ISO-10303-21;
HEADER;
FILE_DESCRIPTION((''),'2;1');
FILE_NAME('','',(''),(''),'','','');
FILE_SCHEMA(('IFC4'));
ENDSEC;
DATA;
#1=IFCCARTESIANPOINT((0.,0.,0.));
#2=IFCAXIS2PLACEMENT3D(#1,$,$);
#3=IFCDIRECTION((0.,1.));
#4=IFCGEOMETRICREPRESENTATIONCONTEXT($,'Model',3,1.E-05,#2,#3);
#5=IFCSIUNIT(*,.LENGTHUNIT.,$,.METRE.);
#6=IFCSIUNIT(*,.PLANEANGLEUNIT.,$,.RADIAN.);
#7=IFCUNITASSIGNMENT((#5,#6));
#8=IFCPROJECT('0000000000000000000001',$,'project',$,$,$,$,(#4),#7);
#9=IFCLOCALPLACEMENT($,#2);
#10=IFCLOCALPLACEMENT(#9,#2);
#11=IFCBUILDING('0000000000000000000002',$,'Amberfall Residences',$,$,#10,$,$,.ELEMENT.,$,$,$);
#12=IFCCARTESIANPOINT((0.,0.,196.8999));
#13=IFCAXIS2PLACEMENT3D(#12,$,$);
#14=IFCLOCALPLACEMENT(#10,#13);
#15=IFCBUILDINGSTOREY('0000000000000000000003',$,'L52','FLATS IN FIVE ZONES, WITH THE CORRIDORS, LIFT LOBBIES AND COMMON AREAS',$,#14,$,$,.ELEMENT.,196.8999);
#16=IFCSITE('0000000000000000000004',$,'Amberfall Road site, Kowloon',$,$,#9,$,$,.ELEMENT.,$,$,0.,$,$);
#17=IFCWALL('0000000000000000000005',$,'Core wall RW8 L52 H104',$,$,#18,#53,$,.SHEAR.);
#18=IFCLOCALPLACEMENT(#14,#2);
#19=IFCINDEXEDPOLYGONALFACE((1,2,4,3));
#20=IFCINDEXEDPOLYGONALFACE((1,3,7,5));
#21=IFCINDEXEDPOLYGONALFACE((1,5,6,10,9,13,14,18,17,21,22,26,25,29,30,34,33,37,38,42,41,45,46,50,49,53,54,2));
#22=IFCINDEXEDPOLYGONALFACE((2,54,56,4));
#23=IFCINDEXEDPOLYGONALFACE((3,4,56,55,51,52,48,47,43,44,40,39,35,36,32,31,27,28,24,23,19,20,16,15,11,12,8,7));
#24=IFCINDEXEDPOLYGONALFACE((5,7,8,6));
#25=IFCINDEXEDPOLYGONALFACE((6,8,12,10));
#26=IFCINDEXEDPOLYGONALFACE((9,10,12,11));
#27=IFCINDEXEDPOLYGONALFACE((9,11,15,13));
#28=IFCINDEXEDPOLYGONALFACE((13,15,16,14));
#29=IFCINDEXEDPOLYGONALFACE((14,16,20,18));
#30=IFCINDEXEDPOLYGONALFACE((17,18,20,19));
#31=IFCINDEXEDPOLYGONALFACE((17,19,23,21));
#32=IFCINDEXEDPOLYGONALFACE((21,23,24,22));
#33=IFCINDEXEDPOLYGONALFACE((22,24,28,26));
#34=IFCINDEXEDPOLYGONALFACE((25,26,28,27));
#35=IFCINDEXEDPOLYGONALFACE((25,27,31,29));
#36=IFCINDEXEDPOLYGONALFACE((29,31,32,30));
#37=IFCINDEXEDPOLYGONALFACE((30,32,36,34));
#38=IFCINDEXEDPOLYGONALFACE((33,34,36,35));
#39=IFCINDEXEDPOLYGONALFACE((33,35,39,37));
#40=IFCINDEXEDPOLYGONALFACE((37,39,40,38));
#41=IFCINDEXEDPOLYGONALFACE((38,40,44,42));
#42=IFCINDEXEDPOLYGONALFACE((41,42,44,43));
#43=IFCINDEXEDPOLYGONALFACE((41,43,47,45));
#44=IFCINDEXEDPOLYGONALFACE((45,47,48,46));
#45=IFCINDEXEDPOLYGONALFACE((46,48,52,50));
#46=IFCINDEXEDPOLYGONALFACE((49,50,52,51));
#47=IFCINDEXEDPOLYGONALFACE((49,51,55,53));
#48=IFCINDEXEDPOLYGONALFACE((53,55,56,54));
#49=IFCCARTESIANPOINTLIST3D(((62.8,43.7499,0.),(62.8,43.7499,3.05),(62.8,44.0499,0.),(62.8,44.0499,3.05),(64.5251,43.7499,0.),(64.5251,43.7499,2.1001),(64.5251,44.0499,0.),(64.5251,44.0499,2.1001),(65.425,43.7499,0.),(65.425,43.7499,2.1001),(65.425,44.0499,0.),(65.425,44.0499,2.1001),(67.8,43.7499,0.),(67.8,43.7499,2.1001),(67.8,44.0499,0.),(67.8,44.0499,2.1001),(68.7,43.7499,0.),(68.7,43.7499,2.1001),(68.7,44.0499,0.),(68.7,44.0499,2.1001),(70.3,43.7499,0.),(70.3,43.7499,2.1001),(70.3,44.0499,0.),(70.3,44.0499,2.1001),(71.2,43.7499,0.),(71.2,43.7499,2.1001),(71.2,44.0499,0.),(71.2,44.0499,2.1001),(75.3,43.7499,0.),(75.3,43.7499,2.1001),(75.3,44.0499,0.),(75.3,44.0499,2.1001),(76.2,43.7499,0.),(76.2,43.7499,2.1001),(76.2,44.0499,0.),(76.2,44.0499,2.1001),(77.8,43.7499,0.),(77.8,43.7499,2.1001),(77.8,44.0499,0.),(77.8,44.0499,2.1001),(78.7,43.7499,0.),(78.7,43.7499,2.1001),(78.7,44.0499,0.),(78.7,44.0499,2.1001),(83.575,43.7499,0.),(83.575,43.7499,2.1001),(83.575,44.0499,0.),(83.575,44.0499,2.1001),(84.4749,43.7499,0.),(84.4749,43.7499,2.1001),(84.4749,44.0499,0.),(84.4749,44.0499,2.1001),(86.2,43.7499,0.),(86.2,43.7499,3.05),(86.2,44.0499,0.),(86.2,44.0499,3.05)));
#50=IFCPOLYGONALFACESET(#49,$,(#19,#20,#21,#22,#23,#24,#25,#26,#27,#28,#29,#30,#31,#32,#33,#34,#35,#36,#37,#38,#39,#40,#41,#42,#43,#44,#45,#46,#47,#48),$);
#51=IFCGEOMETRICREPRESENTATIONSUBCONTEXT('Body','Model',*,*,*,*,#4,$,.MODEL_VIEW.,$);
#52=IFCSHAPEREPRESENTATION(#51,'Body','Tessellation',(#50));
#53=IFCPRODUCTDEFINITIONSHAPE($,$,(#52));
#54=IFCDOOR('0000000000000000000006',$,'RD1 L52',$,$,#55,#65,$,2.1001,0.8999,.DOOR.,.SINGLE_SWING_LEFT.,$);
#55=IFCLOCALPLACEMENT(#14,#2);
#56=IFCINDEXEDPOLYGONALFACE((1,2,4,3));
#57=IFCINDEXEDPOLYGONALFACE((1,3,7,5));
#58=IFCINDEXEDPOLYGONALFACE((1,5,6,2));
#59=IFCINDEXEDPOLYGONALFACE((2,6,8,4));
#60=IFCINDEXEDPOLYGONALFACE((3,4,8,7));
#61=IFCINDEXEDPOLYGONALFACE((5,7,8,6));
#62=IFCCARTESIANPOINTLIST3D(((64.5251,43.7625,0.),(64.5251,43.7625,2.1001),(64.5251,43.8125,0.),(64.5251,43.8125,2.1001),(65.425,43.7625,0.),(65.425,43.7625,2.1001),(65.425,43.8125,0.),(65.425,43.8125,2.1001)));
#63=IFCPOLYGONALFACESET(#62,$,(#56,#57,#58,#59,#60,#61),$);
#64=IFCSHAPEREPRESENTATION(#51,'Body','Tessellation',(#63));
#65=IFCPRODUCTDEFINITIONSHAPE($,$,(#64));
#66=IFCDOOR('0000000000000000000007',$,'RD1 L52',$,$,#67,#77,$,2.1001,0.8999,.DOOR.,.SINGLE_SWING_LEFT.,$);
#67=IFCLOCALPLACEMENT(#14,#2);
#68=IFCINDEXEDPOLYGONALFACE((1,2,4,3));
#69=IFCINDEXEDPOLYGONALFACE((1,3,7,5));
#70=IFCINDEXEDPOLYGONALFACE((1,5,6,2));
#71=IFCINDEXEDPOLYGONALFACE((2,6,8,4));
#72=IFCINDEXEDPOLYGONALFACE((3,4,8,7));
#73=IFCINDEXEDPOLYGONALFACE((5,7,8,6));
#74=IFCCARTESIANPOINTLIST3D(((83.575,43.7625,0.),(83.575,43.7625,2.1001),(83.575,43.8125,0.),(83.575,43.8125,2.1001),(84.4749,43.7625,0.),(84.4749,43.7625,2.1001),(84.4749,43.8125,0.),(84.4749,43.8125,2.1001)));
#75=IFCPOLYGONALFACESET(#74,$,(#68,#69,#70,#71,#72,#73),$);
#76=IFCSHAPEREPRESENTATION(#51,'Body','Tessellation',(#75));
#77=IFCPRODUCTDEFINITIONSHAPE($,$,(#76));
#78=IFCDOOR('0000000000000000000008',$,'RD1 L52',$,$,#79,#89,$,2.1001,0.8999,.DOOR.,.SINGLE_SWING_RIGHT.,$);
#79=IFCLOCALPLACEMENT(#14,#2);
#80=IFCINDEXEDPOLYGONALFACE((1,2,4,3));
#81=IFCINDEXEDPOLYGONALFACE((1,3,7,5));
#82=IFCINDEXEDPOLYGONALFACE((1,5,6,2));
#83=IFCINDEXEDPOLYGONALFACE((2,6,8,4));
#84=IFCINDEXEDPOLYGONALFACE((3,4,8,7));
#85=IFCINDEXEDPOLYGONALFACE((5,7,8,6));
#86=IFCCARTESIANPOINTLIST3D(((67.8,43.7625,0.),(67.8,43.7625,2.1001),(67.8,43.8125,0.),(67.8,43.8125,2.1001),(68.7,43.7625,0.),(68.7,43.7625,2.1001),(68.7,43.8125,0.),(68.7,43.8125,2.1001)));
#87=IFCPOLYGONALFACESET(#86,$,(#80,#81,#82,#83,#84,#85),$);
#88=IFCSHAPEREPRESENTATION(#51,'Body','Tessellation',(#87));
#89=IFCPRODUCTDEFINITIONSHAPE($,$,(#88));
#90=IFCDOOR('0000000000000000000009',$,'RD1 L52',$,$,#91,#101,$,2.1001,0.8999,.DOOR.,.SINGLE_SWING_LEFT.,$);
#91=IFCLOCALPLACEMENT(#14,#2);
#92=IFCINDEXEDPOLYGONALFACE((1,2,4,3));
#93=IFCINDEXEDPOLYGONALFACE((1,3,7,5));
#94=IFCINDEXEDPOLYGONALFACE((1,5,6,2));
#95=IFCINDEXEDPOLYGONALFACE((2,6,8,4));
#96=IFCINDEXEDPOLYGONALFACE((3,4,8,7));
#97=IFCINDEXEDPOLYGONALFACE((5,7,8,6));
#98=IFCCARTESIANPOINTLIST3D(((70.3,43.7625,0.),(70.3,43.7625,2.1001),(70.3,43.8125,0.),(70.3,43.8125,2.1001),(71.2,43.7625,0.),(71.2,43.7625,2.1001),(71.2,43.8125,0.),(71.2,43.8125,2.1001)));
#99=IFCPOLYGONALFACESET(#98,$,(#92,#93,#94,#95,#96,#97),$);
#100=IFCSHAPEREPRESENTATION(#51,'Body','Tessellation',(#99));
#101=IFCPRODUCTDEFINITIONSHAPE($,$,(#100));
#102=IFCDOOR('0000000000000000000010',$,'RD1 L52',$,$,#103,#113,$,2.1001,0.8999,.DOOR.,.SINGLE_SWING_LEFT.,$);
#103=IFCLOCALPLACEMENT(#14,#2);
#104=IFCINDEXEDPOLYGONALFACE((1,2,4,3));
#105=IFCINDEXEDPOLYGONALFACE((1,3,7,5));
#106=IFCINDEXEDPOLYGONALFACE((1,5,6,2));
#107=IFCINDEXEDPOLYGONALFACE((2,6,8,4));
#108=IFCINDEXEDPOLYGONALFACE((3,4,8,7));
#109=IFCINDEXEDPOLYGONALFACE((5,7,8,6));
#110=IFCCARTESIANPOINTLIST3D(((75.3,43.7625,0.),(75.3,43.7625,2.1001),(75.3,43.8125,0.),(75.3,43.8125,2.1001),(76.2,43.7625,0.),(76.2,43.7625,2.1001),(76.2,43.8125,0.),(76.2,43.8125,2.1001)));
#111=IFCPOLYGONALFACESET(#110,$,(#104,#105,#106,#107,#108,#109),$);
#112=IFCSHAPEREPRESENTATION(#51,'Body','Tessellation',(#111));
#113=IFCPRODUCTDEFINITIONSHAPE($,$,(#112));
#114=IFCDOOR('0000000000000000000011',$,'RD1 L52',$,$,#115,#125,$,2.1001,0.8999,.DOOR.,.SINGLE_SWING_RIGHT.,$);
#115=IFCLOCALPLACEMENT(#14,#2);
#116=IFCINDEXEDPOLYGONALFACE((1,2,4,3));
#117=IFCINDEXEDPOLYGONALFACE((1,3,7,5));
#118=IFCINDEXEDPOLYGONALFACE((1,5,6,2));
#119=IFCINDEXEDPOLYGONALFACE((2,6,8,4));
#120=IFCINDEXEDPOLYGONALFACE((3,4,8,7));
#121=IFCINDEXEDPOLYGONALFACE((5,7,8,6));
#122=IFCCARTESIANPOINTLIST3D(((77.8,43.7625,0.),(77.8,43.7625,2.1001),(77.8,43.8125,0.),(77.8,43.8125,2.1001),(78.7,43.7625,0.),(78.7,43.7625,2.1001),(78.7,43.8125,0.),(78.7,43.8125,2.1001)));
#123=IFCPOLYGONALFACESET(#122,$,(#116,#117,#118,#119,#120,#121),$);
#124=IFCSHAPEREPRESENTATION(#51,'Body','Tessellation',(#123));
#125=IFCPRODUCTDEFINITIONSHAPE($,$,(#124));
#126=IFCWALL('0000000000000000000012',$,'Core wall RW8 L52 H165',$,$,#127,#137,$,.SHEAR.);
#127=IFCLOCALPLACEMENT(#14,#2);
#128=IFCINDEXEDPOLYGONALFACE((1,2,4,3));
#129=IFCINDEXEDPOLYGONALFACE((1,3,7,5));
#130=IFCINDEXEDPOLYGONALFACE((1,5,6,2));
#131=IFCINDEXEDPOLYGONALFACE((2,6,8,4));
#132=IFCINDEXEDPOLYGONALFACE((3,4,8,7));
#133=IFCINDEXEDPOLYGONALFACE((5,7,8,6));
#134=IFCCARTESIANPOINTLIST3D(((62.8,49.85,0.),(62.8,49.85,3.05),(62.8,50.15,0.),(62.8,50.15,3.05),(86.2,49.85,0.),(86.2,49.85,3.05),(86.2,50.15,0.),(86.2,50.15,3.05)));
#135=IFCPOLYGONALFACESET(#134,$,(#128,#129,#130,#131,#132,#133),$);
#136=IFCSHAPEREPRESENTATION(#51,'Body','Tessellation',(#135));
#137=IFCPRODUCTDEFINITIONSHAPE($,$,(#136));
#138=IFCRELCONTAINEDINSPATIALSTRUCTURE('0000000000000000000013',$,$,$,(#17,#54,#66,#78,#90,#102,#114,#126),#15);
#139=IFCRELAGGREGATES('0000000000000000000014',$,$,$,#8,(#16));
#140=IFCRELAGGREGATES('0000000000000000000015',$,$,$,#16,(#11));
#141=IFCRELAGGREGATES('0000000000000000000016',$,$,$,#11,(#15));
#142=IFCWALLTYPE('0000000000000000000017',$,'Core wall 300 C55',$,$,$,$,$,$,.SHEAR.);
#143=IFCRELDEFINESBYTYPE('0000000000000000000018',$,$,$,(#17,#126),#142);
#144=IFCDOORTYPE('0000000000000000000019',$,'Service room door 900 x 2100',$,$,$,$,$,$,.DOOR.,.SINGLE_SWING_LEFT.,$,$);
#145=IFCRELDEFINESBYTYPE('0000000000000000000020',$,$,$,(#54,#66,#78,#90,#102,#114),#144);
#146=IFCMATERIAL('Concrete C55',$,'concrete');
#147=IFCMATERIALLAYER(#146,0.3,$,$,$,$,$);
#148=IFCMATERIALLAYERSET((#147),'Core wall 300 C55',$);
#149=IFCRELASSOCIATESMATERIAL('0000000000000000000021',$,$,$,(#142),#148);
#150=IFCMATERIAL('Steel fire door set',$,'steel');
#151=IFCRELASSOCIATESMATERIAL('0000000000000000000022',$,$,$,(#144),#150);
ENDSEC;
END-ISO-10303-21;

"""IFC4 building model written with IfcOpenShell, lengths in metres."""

from ifc_helpers import new_model, si_unit, direction, frame, frame_2d, origin, place, context, subcontext, project, spatial, rectangle, extrude, material, layer, layer_set, type_object, element, fill, save


model = new_model("IFC4")

# Units and contexts
model_context = context("Model", 3, precision=1e-05, world=origin(), true_north=direction((0.0, 1.0)))
body_context = subcontext(model_context, "Body", "Model", "MODEL_VIEW")
ifc_project = project(units=[si_unit("LENGTHUNIT", "METRE"), si_unit("PLANEANGLEUNIT", "RADIAN")], contexts=[model_context])

# Site, building, storey
site_placement = place(None, origin())
site = spatial("IfcSite", under=ifc_project, at=site_placement, Name="Amberfall Road site, Kowloon", CompositionType="ELEMENT", RefElevation=0.0)
building_placement = place(site_placement, origin())
building = spatial("IfcBuilding", under=site, at=building_placement, Name="Amberfall Residences", CompositionType="ELEMENT")
storey_placement = place(building_placement, frame((0.0, 0.0, 196.8999)))
storey = spatial("IfcBuildingStorey", under=building, at=storey_placement, Name="L52", Description="FLATS IN FIVE ZONES, WITH THE CORRIDORS, LIFT LOBBIES AND COMMON AREAS", CompositionType="ELEMENT", Elevation=196.8999)

# Wall, openings, doors
ifc_material_1 = material(Name="Concrete C55", Category="concrete")
ifc_layer_1 = layer(ifc_material_1, 0.3)
ifc_layer_set_1 = layer_set([ifc_layer_1], Name="Core wall 300 C55")
wall_type_1 = type_object("IfcWallType", Name="Core wall 300 C55", PredefinedType="SHEAR", material=ifc_layer_set_1)
wall_1_placement = place(storey_placement, frame((62.8, 43.8999, 0.0), z_axis=(0.0, 0.0, 1.0), x_axis=(1.0, 0.0, 0.0)))
wall_1 = element("IfcWall", 1, at=wall_1_placement, inside=storey, type_object=wall_type_1, Name="Core wall RW8 L52 H104", PredefinedType="SHEAR", context=body_context, shape_type="SweptSolid", body=[
    extrude(rectangle(XDim=23.3999, YDim=0.3, at=frame_2d((11.7, 0.0))), origin(), (0.0, 0.0, 1.0), 3.05),
])
opening_1_placement = place(wall_1_placement, frame((1.7251, 0.0, 0.0)))
opening_1 = element("IfcOpeningElement", 2, at=opening_1_placement, cuts=wall_1, PredefinedType="OPENING", context=body_context, shape_type="SweptSolid", body=[
    extrude(rectangle(XDim=0.8999, YDim=2.1001, at=frame_2d((0.45, 1.05))), frame((0.0, 0.1599, 0.0), z_axis=(0.0, -1.0, 0.0), x_axis=(1.0, 0.0, 0.0)), (0.0, 0.0, 1.0), 0.3201),
])
opening_2_placement = place(wall_1_placement, frame((20.7749, 0.0, 0.0)))
opening_2 = element("IfcOpeningElement", 3, at=opening_2_placement, cuts=wall_1, PredefinedType="OPENING", context=body_context, shape_type="SweptSolid", body=[
    extrude(rectangle(XDim=0.8999, YDim=2.1001, at=frame_2d((0.45, 1.05))), frame((0.0, 0.1599, 0.0), z_axis=(0.0, -1.0, 0.0), x_axis=(1.0, 0.0, 0.0)), (0.0, 0.0, 1.0), 0.3201),
])
opening_3_placement = place(wall_1_placement, frame((5.0, 0.0, 0.0)))
opening_3 = element("IfcOpeningElement", 4, at=opening_3_placement, cuts=wall_1, PredefinedType="OPENING", context=body_context, shape_type="SweptSolid", body=[
    extrude(rectangle(XDim=0.8999, YDim=2.1001, at=frame_2d((0.45, 1.05))), frame((0.0, 0.1599, 0.0), z_axis=(0.0, -1.0, 0.0), x_axis=(1.0, 0.0, 0.0)), (0.0, 0.0, 1.0), 0.3201),
])
opening_4_placement = place(wall_1_placement, frame((7.5, 0.0, 0.0)))
opening_4 = element("IfcOpeningElement", 5, at=opening_4_placement, cuts=wall_1, PredefinedType="OPENING", context=body_context, shape_type="SweptSolid", body=[
    extrude(rectangle(XDim=0.8999, YDim=2.1001, at=frame_2d((0.45, 1.05))), frame((0.0, 0.1599, 0.0), z_axis=(0.0, -1.0, 0.0), x_axis=(1.0, 0.0, 0.0)), (0.0, 0.0, 1.0), 0.3201),
])
opening_5_placement = place(wall_1_placement, frame((12.5, 0.0, 0.0)))
opening_5 = element("IfcOpeningElement", 6, at=opening_5_placement, cuts=wall_1, PredefinedType="OPENING", context=body_context, shape_type="SweptSolid", body=[
    extrude(rectangle(XDim=0.8999, YDim=2.1001, at=frame_2d((0.45, 1.05))), frame((0.0, 0.1599, 0.0), z_axis=(0.0, -1.0, 0.0), x_axis=(1.0, 0.0, 0.0)), (0.0, 0.0, 1.0), 0.3201),
])
opening_6_placement = place(wall_1_placement, frame((15.0, 0.0, 0.0)))
opening_6 = element("IfcOpeningElement", 7, at=opening_6_placement, cuts=wall_1, PredefinedType="OPENING", context=body_context, shape_type="SweptSolid", body=[
    extrude(rectangle(XDim=0.8999, YDim=2.1001, at=frame_2d((0.45, 1.05))), frame((0.0, 0.1599, 0.0), z_axis=(0.0, -1.0, 0.0), x_axis=(1.0, 0.0, 0.0)), (0.0, 0.0, 1.0), 0.3201),
])
ifc_material_2 = material(Name="Steel fire door set", Category="steel")
door_type_1 = type_object("IfcDoorType", Name="Service room door 900 x 2100", OperationType="SINGLE_SWING_LEFT", PredefinedType="DOOR", material=ifc_material_2)
door_1_placement = place(opening_1_placement, origin())
door_1 = element("IfcDoor", 8, at=door_1_placement, inside=storey, type_object=door_type_1, Name="RD1 L52", OperationType="SINGLE_SWING_LEFT", OverallHeight=2.1001, OverallWidth=0.8999, PredefinedType="DOOR", context=body_context, shape_type="SweptSolid", body=[
    extrude(rectangle(XDim=0.8999, YDim=2.1001, at=frame_2d((0.45, 1.05))), frame((0.0, -0.0874, 0.0), z_axis=(0.0, -1.0, 0.0), x_axis=(1.0, 0.0, 0.0)), (0.0, 0.0, 1.0), 0.05),
])
fill(opening_1, door_1)
door_2_placement = place(opening_2_placement, origin())
door_2 = element("IfcDoor", 9, at=door_2_placement, inside=storey, type_object=door_type_1, Name="RD1 L52", OperationType="SINGLE_SWING_LEFT", OverallHeight=2.1001, OverallWidth=0.8999, PredefinedType="DOOR", context=body_context, shape_type="SweptSolid", body=[
    extrude(rectangle(XDim=0.8999, YDim=2.1001, at=frame_2d((0.45, 1.05))), frame((0.0, -0.0874, 0.0), z_axis=(0.0, -1.0, 0.0), x_axis=(1.0, 0.0, 0.0)), (0.0, 0.0, 1.0), 0.05),
])
fill(opening_2, door_2)
door_3_placement = place(opening_3_placement, origin())
door_3 = element("IfcDoor", 10, at=door_3_placement, inside=storey, type_object=door_type_1, Name="RD1 L52", OperationType="SINGLE_SWING_RIGHT", OverallHeight=2.1001, OverallWidth=0.8999, PredefinedType="DOOR", context=body_context, shape_type="SweptSolid", body=[
    extrude(rectangle(XDim=0.8999, YDim=2.1001, at=frame_2d((0.45, 1.05))), frame((0.0, -0.0874, 0.0), z_axis=(0.0, -1.0, 0.0), x_axis=(1.0, 0.0, 0.0)), (0.0, 0.0, 1.0), 0.05),
])
fill(opening_3, door_3)
door_4_placement = place(opening_4_placement, origin())
door_4 = element("IfcDoor", 11, at=door_4_placement, inside=storey, type_object=door_type_1, Name="RD1 L52", OperationType="SINGLE_SWING_LEFT", OverallHeight=2.1001, OverallWidth=0.8999, PredefinedType="DOOR", context=body_context, shape_type="SweptSolid", body=[
    extrude(rectangle(XDim=0.8999, YDim=2.1001, at=frame_2d((0.45, 1.05))), frame((0.0, -0.0874, 0.0), z_axis=(0.0, -1.0, 0.0), x_axis=(1.0, 0.0, 0.0)), (0.0, 0.0, 1.0), 0.05),
])
fill(opening_4, door_4)
door_5_placement = place(opening_5_placement, origin())
door_5 = element("IfcDoor", 12, at=door_5_placement, inside=storey, type_object=door_type_1, Name="RD1 L52", OperationType="SINGLE_SWING_LEFT", OverallHeight=2.1001, OverallWidth=0.8999, PredefinedType="DOOR", context=body_context, shape_type="SweptSolid", body=[
    extrude(rectangle(XDim=0.8999, YDim=2.1001, at=frame_2d((0.45, 1.05))), frame((0.0, -0.0874, 0.0), z_axis=(0.0, -1.0, 0.0), x_axis=(1.0, 0.0, 0.0)), (0.0, 0.0, 1.0), 0.05),
])
fill(opening_5, door_5)
door_6_placement = place(opening_6_placement, origin())
door_6 = element("IfcDoor", 13, at=door_6_placement, inside=storey, type_object=door_type_1, Name="RD1 L52", OperationType="SINGLE_SWING_RIGHT", OverallHeight=2.1001, OverallWidth=0.8999, PredefinedType="DOOR", context=body_context, shape_type="SweptSolid", body=[
    extrude(rectangle(XDim=0.8999, YDim=2.1001, at=frame_2d((0.45, 1.05))), frame((0.0, -0.0874, 0.0), z_axis=(0.0, -1.0, 0.0), x_axis=(1.0, 0.0, 0.0)), (0.0, 0.0, 1.0), 0.05),
])
fill(opening_6, door_6)

# Wall
wall_2_placement = place(storey_placement, frame((62.8, 50.0, 0.0), z_axis=(0.0, 0.0, 1.0), x_axis=(1.0, 0.0, 0.0)))
element("IfcWall", 14, at=wall_2_placement, inside=storey, type_object=wall_type_1, Name="Core wall RW8 L52 H165", PredefinedType="SHEAR", context=body_context, shape_type="SweptSolid", body=[
    extrude(rectangle(XDim=23.3999, YDim=0.3, at=frame_2d((11.7, 0.0))), origin(), (0.0, 0.0, 1.0), 3.05),
])

save(model, "model.ifc")
